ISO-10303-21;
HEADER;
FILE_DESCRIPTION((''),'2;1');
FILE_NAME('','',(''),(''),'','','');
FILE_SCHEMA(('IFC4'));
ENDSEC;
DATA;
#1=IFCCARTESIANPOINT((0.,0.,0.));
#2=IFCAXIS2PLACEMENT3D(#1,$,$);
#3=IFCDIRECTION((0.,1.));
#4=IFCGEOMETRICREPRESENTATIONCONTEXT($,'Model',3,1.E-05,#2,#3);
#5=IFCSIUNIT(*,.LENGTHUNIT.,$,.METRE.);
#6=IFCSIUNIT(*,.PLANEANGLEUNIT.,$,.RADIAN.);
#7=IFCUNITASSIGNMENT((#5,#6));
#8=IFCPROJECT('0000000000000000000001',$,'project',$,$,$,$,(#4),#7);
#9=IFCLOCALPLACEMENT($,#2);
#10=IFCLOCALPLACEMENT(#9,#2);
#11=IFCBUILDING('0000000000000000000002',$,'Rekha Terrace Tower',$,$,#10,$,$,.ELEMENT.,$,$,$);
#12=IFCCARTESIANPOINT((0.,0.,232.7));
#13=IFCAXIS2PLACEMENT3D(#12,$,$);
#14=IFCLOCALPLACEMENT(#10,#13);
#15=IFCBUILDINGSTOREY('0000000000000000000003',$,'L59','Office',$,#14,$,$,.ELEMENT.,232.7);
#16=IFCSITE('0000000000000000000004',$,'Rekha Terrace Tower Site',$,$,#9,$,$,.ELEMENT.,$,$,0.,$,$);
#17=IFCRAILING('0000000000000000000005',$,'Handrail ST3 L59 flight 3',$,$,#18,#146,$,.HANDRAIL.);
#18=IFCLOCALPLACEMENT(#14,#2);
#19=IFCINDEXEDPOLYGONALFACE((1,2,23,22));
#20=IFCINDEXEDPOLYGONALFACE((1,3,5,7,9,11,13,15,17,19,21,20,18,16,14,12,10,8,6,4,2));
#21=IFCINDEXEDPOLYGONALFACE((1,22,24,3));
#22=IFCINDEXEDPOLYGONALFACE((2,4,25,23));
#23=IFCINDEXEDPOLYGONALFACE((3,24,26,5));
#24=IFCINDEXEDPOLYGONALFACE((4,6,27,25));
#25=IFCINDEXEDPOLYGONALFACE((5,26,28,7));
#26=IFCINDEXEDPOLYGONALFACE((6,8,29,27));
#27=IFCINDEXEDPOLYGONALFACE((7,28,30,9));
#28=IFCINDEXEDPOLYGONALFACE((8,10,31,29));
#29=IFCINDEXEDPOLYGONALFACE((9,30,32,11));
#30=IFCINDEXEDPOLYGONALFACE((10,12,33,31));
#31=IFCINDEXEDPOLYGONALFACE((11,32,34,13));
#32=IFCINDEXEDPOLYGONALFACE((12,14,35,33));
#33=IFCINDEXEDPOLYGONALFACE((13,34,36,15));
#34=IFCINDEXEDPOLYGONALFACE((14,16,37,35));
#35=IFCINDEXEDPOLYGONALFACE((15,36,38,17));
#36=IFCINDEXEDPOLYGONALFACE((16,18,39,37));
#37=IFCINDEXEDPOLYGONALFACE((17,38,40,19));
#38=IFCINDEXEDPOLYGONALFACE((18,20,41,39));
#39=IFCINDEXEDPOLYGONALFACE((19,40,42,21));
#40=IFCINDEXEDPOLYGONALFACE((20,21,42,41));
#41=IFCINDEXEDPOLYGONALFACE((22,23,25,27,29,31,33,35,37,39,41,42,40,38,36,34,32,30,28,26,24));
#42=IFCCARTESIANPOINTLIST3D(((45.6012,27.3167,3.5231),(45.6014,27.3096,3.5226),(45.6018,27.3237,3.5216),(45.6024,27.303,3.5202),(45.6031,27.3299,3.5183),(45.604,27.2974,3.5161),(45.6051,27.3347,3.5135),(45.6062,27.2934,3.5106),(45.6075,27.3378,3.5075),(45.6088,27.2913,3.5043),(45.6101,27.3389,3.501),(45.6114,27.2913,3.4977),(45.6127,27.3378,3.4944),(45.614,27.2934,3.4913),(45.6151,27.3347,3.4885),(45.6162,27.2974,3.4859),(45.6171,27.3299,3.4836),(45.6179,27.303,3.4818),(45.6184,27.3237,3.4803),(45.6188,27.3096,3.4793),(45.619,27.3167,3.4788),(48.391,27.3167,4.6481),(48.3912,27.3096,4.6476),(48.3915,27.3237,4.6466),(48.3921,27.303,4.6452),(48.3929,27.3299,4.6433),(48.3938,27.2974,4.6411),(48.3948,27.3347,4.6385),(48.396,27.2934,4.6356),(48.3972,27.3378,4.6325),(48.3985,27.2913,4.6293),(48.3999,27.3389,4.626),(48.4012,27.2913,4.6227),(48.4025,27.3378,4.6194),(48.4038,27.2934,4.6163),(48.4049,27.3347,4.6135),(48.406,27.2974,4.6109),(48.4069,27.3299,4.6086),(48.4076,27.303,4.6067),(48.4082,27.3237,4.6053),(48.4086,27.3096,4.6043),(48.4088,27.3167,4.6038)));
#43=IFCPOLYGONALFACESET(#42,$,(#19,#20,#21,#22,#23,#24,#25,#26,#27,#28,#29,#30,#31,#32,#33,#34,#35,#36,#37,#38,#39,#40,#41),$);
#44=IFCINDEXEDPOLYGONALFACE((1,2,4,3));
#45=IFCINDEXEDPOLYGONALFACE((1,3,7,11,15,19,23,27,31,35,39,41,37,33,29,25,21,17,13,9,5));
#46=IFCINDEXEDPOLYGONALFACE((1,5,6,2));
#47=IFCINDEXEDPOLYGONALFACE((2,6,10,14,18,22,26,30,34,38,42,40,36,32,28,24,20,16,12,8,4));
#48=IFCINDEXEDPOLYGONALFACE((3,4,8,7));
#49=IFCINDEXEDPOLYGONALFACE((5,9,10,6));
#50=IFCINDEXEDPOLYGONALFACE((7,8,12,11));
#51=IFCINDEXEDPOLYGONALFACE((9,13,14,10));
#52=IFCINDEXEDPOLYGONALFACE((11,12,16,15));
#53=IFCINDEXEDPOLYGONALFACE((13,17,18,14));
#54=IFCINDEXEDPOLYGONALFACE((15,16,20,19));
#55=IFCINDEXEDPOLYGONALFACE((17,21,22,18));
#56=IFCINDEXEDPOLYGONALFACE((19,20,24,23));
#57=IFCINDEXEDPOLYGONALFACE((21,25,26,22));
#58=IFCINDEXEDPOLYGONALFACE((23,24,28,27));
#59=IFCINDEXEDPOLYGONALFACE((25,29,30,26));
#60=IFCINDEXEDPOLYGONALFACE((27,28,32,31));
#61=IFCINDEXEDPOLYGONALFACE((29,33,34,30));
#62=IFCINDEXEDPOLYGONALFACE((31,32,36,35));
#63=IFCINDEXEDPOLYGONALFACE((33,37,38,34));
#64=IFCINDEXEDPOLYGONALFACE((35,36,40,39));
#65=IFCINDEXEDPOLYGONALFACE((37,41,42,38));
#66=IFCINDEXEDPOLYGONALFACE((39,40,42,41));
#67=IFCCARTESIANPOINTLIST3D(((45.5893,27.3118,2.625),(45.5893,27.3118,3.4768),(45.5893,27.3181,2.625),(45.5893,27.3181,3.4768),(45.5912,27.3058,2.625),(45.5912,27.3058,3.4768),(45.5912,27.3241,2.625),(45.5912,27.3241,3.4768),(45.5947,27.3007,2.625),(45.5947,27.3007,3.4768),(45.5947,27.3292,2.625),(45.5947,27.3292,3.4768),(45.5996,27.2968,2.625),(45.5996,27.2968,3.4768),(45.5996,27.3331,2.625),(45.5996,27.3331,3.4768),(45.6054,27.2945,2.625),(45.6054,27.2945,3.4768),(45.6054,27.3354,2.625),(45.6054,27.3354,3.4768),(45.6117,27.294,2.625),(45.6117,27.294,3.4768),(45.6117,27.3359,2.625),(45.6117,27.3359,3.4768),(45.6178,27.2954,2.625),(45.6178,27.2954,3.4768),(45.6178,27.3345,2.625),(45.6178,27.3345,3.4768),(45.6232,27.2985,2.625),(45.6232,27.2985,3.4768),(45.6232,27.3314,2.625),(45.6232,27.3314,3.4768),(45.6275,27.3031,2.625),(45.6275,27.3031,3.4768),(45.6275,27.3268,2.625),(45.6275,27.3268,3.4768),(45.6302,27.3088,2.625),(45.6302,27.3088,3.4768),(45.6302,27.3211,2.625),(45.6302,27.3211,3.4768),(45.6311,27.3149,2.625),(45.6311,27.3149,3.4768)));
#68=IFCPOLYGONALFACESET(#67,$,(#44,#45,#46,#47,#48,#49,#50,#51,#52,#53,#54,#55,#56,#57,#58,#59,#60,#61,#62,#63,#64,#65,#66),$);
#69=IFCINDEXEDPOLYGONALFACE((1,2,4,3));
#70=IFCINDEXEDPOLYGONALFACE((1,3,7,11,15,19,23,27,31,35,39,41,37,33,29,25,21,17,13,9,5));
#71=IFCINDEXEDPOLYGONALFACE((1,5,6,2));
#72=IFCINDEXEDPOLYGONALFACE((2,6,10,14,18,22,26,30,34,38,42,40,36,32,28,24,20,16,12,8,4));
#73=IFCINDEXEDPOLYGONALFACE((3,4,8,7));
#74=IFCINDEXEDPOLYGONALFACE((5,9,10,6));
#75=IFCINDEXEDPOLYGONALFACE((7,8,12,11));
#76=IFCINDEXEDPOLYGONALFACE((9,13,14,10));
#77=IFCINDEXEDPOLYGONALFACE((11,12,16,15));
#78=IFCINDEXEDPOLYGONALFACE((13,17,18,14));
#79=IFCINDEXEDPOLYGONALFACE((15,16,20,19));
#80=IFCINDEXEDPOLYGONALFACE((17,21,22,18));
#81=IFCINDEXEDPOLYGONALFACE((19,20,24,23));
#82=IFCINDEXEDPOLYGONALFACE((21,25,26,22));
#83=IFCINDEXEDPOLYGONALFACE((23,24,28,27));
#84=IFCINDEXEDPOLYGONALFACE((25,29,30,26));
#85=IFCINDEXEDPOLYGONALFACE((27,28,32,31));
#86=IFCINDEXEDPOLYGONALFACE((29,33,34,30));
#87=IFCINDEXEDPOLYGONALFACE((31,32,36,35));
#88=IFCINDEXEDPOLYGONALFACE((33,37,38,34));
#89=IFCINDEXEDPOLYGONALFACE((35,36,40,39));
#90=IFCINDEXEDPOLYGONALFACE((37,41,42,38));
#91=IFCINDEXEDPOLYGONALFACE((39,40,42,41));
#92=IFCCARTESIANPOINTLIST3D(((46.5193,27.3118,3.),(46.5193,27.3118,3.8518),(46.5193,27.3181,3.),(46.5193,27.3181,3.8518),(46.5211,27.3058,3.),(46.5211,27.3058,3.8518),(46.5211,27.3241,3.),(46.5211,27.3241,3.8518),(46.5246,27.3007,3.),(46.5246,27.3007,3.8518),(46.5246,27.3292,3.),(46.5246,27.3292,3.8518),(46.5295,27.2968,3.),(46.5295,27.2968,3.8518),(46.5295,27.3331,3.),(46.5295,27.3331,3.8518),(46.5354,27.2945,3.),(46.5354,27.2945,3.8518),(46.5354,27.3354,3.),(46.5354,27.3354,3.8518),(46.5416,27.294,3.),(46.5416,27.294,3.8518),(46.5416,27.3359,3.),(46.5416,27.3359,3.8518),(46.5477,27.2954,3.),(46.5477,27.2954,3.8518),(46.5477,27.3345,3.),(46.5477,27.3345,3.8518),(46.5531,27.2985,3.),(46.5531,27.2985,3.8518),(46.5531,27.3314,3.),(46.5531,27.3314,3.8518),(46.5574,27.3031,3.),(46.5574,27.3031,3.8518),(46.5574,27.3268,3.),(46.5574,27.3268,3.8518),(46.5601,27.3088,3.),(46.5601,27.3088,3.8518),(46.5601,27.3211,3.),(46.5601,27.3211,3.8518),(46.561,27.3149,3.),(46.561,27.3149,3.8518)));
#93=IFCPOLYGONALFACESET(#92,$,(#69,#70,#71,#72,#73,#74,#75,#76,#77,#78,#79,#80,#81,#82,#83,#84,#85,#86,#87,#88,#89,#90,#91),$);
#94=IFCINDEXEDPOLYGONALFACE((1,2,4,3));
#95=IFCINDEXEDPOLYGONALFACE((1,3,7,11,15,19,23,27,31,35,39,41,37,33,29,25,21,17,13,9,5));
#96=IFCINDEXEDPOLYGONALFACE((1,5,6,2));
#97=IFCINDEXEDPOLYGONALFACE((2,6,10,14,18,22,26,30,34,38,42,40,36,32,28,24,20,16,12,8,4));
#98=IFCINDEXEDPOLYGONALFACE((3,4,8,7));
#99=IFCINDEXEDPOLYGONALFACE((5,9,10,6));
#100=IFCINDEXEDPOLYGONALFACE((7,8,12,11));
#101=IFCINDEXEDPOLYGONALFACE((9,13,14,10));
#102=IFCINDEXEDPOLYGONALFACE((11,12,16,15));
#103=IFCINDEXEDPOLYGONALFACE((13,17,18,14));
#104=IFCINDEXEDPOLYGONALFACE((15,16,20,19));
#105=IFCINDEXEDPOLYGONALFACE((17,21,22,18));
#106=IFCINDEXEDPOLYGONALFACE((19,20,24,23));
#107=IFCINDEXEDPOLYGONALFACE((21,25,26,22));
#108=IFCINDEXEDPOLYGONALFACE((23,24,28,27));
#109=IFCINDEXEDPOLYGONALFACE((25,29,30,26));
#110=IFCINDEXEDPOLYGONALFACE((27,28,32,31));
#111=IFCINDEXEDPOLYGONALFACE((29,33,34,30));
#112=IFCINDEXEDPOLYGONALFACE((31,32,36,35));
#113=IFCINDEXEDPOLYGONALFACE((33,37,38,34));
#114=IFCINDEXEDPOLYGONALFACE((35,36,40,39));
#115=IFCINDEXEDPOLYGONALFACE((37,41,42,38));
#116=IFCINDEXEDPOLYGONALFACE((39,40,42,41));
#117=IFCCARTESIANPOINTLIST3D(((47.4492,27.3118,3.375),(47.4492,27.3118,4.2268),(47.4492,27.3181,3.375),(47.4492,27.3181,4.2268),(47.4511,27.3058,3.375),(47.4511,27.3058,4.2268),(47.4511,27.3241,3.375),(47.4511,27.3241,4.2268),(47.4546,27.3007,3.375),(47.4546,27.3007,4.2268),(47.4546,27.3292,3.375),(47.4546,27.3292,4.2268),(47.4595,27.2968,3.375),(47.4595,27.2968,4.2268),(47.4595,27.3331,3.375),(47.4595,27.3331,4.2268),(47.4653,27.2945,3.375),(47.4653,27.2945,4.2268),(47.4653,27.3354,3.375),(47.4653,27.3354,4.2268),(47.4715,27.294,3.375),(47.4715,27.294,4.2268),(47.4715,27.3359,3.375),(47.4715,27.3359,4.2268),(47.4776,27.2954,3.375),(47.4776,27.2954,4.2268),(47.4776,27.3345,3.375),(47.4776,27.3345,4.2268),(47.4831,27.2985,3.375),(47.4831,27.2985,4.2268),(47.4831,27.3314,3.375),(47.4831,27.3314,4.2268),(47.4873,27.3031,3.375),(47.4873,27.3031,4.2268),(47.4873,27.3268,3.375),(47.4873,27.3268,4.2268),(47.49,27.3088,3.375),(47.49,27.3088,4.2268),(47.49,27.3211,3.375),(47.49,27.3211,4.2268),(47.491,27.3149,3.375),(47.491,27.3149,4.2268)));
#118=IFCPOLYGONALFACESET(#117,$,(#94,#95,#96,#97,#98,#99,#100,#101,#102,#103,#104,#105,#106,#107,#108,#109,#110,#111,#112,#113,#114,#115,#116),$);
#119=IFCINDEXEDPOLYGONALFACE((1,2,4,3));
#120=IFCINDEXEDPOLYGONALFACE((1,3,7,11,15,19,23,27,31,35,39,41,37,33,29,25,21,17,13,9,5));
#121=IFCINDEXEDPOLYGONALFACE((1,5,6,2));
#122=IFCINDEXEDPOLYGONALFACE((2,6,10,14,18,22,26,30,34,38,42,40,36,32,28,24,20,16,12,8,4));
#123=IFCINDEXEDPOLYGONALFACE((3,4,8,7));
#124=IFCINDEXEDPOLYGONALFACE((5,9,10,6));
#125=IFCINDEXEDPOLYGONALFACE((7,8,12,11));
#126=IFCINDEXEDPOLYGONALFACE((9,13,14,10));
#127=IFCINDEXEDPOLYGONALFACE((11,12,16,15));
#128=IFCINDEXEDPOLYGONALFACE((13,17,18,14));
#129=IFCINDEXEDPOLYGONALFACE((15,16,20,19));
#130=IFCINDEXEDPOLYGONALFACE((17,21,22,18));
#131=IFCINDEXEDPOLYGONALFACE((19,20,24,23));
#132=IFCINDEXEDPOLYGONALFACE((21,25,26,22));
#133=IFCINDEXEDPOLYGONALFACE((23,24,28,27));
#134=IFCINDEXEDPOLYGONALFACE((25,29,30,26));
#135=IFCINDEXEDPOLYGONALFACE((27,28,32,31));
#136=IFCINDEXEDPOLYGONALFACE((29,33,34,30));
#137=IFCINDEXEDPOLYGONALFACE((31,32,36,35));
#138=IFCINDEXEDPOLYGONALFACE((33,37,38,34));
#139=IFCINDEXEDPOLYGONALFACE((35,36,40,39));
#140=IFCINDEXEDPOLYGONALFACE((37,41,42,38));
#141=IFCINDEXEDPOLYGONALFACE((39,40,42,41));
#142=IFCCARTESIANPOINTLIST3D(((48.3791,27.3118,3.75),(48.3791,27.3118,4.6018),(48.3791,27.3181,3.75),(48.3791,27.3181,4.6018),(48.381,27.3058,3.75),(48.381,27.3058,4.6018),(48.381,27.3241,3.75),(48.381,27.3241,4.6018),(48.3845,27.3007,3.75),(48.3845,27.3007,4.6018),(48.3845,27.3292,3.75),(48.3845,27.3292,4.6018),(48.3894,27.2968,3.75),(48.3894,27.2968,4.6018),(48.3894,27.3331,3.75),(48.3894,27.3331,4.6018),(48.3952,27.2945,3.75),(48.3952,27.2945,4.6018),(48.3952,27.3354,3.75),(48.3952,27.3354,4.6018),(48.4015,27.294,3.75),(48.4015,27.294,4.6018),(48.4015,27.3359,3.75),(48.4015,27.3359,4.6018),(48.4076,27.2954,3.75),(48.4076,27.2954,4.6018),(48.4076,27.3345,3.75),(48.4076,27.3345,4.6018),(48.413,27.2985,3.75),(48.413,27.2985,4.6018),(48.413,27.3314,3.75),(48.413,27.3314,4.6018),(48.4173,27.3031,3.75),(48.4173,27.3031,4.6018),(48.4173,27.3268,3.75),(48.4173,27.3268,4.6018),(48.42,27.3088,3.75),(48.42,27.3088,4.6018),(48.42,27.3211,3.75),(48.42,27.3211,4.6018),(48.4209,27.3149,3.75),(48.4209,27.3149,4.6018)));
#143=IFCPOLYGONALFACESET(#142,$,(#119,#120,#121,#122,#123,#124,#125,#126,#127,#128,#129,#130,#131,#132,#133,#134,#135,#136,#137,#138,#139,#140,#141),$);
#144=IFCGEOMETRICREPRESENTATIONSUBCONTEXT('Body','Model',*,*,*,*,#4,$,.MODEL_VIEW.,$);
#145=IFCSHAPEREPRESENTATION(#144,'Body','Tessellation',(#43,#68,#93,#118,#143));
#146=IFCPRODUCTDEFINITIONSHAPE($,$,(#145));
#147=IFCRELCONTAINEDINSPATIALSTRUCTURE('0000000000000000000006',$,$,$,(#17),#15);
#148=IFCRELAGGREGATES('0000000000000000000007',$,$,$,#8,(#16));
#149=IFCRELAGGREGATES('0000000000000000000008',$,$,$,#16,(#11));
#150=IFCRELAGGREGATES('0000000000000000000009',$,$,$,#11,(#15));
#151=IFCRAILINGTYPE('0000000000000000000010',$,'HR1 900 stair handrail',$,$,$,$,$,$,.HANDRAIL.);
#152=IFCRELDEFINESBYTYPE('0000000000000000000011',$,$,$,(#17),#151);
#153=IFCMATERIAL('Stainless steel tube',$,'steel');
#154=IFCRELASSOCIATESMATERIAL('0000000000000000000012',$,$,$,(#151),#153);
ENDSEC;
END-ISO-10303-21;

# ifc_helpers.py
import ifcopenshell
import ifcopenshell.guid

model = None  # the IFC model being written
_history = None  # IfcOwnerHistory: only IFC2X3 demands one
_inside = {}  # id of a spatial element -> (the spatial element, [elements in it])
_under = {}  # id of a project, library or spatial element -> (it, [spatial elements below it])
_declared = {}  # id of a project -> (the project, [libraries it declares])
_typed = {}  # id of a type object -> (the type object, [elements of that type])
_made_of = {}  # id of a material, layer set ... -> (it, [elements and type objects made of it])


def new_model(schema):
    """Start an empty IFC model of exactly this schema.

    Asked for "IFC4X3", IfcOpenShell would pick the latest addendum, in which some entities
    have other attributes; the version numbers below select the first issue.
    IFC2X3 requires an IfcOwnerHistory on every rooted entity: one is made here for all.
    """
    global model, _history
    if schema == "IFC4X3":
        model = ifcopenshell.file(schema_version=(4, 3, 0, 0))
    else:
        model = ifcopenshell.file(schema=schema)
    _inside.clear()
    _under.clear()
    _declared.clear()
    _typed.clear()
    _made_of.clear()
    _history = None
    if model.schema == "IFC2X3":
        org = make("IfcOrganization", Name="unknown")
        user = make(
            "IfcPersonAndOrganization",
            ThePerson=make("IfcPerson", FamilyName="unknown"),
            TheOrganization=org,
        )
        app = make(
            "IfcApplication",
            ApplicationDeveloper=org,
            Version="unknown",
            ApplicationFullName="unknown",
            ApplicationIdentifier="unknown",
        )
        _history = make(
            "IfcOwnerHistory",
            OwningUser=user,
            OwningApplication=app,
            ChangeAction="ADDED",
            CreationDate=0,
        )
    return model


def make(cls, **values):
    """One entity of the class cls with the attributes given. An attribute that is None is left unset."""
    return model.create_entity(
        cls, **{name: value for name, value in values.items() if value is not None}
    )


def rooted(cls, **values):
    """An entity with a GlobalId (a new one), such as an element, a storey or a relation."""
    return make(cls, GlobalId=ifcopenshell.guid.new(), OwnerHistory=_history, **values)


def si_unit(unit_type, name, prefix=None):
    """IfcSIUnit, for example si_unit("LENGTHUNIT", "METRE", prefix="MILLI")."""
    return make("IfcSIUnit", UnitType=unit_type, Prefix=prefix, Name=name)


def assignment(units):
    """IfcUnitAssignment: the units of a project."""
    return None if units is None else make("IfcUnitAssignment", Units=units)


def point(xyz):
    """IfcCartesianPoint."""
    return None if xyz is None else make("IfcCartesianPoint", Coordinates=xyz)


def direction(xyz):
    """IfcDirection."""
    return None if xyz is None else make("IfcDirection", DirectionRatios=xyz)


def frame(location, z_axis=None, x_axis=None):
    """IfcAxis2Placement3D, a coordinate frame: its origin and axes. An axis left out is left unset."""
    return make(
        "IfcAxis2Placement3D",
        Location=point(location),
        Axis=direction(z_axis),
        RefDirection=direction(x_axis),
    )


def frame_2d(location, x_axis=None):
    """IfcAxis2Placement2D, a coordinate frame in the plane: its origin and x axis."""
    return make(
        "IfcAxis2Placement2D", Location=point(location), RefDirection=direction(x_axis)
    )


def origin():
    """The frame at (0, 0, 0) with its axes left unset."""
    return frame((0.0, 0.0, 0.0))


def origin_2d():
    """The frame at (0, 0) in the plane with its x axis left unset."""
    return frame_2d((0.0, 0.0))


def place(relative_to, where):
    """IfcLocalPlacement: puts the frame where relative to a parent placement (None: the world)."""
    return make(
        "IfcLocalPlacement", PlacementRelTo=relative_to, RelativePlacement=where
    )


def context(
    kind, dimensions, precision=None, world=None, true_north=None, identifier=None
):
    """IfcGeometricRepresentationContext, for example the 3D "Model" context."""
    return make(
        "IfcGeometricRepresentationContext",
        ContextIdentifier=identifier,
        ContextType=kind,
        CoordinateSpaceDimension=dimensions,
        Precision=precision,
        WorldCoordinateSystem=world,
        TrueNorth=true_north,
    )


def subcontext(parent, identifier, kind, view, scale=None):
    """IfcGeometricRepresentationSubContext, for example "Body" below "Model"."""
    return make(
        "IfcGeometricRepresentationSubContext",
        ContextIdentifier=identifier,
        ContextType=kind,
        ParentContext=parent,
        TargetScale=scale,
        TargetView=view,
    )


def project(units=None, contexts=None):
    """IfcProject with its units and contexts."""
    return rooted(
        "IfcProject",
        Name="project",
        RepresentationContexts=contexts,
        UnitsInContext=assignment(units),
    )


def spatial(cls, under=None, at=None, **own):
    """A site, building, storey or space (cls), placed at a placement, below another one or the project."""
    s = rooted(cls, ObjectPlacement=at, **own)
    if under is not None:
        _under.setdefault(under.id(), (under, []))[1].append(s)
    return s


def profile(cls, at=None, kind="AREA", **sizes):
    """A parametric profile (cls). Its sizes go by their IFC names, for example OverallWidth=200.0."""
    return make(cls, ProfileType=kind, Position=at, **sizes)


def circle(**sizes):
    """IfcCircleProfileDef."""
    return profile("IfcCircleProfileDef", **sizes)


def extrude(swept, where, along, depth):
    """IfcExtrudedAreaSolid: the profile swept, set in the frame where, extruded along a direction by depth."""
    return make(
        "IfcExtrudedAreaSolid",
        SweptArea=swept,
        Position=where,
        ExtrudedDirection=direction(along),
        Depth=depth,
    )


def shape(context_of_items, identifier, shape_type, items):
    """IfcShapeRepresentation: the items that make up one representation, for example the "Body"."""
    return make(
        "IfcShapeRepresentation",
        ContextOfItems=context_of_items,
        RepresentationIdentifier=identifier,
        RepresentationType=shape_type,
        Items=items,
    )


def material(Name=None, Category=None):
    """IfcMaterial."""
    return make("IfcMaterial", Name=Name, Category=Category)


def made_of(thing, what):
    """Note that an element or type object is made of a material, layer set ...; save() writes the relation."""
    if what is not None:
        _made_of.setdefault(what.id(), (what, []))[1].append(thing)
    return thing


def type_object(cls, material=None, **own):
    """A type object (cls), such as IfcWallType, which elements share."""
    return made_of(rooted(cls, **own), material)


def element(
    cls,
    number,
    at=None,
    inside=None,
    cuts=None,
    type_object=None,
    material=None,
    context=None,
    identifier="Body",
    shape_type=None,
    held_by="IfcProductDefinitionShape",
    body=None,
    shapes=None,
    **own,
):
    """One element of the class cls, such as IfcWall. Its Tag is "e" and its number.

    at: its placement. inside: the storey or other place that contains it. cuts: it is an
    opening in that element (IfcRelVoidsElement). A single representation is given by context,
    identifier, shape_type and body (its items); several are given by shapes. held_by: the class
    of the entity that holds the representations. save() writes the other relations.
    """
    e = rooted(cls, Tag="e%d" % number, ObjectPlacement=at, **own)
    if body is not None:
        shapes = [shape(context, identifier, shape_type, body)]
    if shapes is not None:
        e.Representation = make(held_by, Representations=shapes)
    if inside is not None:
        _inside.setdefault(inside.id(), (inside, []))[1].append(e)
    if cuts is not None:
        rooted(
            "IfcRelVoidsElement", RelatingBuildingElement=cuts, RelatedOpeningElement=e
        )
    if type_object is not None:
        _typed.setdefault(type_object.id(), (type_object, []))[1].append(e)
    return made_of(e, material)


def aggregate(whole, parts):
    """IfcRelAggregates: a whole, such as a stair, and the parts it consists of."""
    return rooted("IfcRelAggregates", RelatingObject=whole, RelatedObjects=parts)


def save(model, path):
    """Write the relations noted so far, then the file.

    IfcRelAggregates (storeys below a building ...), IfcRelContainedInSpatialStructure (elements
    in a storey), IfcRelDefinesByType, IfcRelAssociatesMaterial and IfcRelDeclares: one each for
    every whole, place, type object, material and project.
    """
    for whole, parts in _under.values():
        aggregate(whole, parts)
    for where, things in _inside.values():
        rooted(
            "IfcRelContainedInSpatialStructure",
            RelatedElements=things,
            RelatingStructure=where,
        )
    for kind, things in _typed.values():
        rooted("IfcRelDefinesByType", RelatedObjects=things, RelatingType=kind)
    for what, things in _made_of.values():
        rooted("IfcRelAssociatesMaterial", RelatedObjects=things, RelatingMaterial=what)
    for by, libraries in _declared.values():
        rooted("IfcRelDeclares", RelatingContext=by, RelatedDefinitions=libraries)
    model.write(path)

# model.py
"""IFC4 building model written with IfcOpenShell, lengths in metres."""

from ifc_helpers import new_model, si_unit, direction, frame, origin, origin_2d, place, context, subcontext, project, spatial, circle, extrude, material, type_object, element, save


model = new_model("IFC4")

# Units and contexts
model_context = context("Model", 3, precision=1e-05, world=origin(), true_north=direction((0.0, 1.0)))
body_context = subcontext(model_context, "Body", "Model", "MODEL_VIEW")
ifc_project = project(units=[si_unit("LENGTHUNIT", "METRE"), si_unit("PLANEANGLEUNIT", "RADIAN")], contexts=[model_context])

# Site, building, storey
site_placement = place(None, origin())
site = spatial("IfcSite", under=ifc_project, at=site_placement, Name="Rekha Terrace Tower Site", CompositionType="ELEMENT", RefElevation=0.0)
building_placement = place(site_placement, origin())
building = spatial("IfcBuilding", under=site, at=building_placement, Name="Rekha Terrace Tower", CompositionType="ELEMENT")
storey_placement = place(building_placement, frame((0.0, 0.0, 232.7)))
storey = spatial("IfcBuildingStorey", under=building, at=storey_placement, Name="L59", Description="Office", CompositionType="ELEMENT", Elevation=232.7)

# Railing
ifc_material_1 = material(Name="Stainless steel tube", Category="steel")
railing_type_1 = type_object("IfcRailingType", Name="HR1 900 stair handrail", PredefinedType="HANDRAIL", material=ifc_material_1)
railing_1_placement = place(storey_placement, frame((45.6101, 27.3149, 2.625)))
element("IfcRailing", 1, at=railing_1_placement, inside=storey, type_object=railing_type_1, Name="Handrail ST3 L59 flight 3", PredefinedType="HANDRAIL", context=body_context, shape_type="SweptSolid", body=[
    extrude(circle(Radius=0.0239, at=origin_2d()), frame((0.0, 0.0, 0.876), z_axis=(0.927432, 0.0, 0.373992), x_axis=(0.0, 1.0, 0.0)), (0.0, 0.0, 1.0), 3.0081),
    extrude(circle(Radius=0.021, at=origin_2d()), origin(), (0.0, 0.0, 1.0), 0.8518),
    extrude(circle(Radius=0.021, at=origin_2d()), frame((0.9299, 0.0, 0.375)), (0.0, 0.0, 1.0), 0.8518),
    extrude(circle(Radius=0.021, at=origin_2d()), frame((1.8599, 0.0, 0.75)), (0.0, 0.0, 1.0), 0.8518),
    extrude(circle(Radius=0.021, at=origin_2d()), frame((2.7898, 0.0, 1.125)), (0.0, 0.0, 1.0), 0.8518),
])

save(model, "model.ifc")
